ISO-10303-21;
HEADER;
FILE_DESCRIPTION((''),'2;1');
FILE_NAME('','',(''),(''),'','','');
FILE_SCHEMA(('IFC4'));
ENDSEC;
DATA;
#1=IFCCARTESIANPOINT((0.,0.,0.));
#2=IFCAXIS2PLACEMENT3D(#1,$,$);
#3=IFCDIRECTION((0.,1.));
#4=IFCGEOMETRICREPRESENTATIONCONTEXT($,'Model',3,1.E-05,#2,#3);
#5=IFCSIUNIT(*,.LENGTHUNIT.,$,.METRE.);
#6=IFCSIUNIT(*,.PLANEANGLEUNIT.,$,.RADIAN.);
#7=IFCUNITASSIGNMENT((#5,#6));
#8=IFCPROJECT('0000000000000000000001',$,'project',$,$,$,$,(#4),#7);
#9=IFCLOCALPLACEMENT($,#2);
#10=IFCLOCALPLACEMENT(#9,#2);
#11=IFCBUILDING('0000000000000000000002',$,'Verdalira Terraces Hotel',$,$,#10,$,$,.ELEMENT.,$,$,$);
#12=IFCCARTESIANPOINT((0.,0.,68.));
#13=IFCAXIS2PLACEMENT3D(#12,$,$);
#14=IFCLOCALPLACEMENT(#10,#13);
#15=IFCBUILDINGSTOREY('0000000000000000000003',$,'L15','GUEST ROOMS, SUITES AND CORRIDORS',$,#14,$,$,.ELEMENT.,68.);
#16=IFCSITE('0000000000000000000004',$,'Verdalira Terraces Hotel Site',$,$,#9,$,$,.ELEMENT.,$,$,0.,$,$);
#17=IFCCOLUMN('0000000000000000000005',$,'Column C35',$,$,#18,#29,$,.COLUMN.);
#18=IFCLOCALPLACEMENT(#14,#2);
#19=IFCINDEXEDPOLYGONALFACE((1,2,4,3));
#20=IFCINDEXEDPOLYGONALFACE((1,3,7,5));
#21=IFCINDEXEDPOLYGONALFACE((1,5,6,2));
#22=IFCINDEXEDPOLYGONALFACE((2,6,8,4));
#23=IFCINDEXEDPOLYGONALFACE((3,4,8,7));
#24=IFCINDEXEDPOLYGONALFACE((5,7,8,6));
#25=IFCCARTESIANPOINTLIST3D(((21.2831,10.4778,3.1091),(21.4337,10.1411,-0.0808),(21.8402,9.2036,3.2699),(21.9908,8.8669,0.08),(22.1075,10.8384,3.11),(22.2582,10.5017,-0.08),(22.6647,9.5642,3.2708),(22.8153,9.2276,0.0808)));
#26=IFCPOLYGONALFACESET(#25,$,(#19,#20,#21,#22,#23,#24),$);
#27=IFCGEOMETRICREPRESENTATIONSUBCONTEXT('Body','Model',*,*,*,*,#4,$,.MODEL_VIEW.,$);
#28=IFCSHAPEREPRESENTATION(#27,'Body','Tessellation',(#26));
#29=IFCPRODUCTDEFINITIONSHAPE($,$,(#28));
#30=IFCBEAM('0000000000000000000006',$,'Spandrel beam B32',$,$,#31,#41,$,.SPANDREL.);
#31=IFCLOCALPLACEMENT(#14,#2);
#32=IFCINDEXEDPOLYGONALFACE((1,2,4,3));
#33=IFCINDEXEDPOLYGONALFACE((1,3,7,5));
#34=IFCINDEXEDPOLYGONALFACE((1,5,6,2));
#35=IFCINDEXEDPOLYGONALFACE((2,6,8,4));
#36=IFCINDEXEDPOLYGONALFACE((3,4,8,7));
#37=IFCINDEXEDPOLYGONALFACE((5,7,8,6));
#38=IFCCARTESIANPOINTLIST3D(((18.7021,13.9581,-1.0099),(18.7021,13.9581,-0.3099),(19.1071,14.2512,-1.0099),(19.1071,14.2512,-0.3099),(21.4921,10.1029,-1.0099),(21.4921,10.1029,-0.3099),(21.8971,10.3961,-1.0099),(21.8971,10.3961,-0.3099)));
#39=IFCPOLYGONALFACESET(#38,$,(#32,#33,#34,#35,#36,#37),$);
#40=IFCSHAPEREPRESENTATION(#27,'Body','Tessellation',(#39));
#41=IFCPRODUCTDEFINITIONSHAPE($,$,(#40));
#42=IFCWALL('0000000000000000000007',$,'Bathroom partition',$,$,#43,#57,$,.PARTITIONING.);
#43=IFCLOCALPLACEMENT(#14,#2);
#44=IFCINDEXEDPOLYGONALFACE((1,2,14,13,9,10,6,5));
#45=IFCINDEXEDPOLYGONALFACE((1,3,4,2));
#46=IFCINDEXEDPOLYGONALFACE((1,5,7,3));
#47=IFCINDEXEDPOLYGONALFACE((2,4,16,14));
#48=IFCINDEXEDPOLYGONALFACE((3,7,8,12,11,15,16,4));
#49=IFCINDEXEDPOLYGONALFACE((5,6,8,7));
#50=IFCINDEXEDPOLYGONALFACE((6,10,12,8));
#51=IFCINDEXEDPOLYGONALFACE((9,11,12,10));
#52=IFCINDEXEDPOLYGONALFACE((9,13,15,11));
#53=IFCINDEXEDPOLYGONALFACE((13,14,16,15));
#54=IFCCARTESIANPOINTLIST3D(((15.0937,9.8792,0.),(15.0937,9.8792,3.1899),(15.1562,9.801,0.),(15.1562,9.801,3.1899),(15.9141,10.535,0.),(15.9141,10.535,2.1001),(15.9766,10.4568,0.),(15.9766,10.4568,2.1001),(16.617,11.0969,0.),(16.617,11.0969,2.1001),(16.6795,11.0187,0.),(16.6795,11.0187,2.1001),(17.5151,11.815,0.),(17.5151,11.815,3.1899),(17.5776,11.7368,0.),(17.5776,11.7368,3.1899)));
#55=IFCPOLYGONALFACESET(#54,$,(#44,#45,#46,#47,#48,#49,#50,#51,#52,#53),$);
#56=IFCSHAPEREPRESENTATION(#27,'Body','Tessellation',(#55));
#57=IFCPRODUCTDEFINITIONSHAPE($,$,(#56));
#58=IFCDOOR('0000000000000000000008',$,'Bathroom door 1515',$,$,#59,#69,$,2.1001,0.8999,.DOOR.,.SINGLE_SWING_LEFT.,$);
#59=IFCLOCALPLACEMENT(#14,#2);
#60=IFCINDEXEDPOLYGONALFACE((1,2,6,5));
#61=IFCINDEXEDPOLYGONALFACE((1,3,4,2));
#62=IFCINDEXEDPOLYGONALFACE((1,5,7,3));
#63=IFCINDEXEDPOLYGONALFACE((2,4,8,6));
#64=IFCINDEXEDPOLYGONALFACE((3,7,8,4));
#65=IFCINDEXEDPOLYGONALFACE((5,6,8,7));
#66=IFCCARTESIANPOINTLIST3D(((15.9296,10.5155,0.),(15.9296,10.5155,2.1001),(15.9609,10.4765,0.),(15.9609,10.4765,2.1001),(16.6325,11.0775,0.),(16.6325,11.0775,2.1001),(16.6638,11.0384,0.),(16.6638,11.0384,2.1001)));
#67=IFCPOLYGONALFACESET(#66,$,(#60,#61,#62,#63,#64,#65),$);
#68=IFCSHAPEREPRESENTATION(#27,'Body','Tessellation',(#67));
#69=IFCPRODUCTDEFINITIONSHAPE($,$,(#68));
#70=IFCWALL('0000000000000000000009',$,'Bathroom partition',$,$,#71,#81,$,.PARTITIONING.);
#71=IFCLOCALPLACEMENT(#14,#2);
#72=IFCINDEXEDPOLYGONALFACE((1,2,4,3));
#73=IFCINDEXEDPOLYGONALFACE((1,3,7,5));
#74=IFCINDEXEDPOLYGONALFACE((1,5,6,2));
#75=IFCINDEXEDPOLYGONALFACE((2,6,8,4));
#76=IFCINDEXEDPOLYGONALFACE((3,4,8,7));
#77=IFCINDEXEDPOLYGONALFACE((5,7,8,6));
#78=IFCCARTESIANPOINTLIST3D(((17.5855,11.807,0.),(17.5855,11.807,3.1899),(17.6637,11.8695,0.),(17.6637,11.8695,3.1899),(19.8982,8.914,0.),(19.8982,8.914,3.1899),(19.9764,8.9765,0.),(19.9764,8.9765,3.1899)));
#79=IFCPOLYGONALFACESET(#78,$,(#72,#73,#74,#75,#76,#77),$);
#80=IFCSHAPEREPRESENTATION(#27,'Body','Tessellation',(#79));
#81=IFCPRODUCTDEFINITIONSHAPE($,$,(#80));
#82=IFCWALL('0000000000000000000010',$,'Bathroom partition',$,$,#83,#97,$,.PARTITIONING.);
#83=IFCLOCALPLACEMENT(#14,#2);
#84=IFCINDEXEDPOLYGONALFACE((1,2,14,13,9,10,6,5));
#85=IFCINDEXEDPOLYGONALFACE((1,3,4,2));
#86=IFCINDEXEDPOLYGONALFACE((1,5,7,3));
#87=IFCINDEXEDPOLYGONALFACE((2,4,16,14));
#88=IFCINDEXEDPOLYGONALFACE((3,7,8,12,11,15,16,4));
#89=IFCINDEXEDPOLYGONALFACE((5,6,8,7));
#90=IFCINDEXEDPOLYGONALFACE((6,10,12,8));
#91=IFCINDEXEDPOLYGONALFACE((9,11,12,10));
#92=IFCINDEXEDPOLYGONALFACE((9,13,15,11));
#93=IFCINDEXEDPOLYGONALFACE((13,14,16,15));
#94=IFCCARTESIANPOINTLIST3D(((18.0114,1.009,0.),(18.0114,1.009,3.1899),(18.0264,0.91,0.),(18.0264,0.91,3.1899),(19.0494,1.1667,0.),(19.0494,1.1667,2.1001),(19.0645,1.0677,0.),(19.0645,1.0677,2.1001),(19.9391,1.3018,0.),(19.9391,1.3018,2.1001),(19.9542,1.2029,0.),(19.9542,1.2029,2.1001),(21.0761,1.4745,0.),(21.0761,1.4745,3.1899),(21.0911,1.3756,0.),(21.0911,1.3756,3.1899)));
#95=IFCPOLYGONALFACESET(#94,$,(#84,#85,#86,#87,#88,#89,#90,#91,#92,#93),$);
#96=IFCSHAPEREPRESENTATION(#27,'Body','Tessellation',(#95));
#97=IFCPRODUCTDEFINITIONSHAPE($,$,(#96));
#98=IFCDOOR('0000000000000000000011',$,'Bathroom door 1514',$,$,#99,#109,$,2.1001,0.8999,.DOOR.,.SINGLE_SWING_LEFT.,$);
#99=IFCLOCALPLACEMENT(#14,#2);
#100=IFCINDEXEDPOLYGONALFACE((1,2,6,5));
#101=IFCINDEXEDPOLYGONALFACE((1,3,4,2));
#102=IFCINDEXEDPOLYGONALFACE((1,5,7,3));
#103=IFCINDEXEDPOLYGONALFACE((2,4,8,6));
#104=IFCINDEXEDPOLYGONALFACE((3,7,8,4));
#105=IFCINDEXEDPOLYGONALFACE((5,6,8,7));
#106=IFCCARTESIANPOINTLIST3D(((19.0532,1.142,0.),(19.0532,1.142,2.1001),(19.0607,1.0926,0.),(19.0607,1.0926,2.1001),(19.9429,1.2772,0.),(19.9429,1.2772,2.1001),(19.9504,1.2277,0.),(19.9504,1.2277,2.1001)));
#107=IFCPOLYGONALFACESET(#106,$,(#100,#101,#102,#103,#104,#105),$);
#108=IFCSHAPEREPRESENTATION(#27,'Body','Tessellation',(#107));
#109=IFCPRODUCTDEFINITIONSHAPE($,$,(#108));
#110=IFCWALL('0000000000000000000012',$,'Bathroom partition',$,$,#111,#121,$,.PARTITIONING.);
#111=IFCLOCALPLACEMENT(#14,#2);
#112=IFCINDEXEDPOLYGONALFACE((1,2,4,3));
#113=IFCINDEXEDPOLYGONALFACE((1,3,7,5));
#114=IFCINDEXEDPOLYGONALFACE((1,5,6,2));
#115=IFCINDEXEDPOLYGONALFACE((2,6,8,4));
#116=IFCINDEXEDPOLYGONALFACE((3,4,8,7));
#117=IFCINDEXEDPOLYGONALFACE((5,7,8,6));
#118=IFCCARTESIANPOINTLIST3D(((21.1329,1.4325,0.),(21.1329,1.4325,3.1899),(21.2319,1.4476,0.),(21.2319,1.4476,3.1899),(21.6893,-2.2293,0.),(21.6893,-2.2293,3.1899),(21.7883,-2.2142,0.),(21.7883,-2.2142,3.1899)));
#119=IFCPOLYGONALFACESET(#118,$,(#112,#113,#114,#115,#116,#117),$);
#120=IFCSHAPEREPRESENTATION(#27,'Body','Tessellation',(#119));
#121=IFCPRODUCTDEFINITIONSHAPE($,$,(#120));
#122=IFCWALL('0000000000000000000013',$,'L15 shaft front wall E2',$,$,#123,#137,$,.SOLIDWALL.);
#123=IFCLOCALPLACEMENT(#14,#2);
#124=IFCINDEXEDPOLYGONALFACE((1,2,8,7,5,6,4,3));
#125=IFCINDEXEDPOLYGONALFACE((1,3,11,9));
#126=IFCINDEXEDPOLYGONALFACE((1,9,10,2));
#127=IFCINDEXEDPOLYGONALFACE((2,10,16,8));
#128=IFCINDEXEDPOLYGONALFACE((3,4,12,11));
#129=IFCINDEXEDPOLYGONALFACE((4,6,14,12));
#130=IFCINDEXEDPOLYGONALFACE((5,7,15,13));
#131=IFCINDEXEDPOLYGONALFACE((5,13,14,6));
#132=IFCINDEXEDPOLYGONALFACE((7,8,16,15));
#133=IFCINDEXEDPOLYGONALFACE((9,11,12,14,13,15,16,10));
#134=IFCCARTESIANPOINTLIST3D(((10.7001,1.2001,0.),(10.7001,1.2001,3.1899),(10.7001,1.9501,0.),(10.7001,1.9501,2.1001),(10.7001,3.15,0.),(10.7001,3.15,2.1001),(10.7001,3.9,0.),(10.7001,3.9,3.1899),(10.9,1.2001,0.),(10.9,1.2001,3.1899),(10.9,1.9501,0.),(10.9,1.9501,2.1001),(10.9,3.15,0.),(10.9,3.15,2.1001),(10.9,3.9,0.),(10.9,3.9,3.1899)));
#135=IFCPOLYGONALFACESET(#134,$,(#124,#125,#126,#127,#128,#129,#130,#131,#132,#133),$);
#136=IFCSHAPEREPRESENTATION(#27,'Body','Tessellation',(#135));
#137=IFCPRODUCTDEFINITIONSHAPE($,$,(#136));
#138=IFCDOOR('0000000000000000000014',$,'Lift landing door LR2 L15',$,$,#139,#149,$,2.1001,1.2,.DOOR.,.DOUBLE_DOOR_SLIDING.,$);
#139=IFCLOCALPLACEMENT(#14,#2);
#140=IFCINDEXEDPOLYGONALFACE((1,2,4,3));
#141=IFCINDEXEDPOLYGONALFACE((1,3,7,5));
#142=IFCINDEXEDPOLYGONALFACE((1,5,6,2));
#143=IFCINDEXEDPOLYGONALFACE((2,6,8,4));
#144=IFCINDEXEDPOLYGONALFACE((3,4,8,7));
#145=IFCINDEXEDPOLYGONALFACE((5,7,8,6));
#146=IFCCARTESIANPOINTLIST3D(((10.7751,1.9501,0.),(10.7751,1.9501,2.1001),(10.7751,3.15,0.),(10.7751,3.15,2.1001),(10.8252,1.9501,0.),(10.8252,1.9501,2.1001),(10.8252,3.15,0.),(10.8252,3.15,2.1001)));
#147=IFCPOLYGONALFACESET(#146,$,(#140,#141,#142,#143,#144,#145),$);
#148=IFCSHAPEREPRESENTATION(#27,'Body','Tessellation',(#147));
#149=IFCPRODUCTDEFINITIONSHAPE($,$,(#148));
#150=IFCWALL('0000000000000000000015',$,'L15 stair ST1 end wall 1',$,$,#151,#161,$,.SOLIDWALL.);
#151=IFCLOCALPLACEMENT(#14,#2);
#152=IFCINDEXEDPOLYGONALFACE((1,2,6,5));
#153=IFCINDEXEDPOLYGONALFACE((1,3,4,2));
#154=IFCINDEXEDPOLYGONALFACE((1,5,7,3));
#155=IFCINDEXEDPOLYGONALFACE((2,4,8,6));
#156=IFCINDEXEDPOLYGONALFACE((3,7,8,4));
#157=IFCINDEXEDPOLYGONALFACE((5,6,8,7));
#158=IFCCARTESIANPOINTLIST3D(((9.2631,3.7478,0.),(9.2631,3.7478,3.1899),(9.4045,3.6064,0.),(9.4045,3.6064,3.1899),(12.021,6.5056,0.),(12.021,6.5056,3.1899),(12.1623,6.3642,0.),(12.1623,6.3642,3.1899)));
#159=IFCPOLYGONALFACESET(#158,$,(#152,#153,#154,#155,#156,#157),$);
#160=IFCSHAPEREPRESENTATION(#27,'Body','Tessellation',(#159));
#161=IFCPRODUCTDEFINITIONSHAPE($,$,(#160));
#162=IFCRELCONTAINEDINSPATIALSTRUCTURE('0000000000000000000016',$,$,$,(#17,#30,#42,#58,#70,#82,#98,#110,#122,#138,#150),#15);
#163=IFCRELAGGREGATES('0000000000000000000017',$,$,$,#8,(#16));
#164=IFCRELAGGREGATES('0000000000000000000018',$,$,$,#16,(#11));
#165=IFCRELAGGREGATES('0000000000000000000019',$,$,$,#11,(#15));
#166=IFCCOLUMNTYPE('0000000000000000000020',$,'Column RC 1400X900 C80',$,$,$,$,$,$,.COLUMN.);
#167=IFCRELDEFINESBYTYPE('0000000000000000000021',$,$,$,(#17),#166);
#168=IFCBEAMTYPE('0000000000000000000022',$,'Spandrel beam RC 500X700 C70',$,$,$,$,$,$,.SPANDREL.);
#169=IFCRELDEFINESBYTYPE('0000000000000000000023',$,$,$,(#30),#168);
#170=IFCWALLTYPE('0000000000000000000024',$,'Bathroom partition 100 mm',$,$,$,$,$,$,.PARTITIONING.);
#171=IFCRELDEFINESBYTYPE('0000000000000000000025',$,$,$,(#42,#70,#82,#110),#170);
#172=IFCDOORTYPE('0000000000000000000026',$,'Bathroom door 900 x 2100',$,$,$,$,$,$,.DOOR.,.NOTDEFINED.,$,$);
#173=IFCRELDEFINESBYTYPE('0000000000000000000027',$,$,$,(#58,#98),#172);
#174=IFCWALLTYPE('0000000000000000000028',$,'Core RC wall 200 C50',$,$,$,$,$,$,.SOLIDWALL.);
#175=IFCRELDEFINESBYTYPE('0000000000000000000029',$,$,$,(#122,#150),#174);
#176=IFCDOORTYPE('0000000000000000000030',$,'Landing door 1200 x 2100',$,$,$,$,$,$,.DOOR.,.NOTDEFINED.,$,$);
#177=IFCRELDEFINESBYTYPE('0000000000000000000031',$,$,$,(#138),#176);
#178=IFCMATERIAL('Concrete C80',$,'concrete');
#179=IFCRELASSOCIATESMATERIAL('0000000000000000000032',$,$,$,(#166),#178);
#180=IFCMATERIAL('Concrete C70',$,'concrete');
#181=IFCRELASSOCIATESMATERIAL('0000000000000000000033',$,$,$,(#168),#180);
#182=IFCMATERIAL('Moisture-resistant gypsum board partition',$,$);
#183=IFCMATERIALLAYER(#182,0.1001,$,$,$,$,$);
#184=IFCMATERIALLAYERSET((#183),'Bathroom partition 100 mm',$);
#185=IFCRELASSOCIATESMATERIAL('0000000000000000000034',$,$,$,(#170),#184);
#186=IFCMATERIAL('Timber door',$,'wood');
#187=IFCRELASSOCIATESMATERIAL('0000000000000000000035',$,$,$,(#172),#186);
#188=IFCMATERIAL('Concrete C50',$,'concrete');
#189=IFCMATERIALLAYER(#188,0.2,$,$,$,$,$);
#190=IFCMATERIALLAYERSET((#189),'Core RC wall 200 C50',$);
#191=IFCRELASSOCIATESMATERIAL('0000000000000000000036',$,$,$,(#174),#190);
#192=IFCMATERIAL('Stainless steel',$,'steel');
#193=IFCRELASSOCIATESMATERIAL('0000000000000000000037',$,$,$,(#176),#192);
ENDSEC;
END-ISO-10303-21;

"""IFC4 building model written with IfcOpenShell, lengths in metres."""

from ifc_helpers import new_model, si_unit, direction, frame, frame_2d, origin, origin_2d, place, context, subcontext, project, spatial, rectangle, extrude, material, layer, layer_set, material_profile, profile_set, type_object, element, fill, save


model = new_model("IFC4")

# Units and contexts
model_context = context("Model", 3, precision=1e-05, world=origin(), true_north=direction((0.0, 1.0)))
body_context = subcontext(model_context, "Body", "Model", "MODEL_VIEW")
ifc_project = project(units=[si_unit("LENGTHUNIT", "METRE"), si_unit("PLANEANGLEUNIT", "RADIAN")], contexts=[model_context])

# Site, building, storey
site_placement = place(None, origin())
site = spatial("IfcSite", under=ifc_project, at=site_placement, Name="Verdalira Terraces Hotel Site", CompositionType="ELEMENT", RefElevation=0.0)
building_placement = place(site_placement, origin())
building = spatial("IfcBuilding", under=site, at=building_placement, Name="Verdalira Terraces Hotel", CompositionType="ELEMENT")
storey_placement = place(building_placement, frame((0.0, 0.0, 68.0)))
storey = spatial("IfcBuildingStorey", under=building, at=storey_placement, Name="L15", Description="GUEST ROOMS, SUITES AND CORRIDORS", CompositionType="ELEMENT", Elevation=68.0)

# Column
ifc_material_1 = material(Name="Concrete C80", Category="concrete")
ifc_material_profile_1 = material_profile(ifc_material_1, rectangle(XDim=1.3999, YDim=0.8999, at=origin_2d()), Name="RC 1400X900")
ifc_profile_set_1 = profile_set([ifc_material_profile_1], Name="Concrete C80")
column_type = type_object("IfcColumnType", Name="Column RC 1400X900 C80", PredefinedType="COLUMN", material=ifc_profile_set_1)
column_placement = place(storey_placement, frame((22.1245, 9.6843, 0.0), z_axis=(-0.046909, 0.104843, 0.993382), x_axis=(0.397994, -0.91017, 0.114854)))
element("IfcColumn", 1, at=column_placement, inside=storey, type_object=column_type, Name="Column C35", PredefinedType="COLUMN", context=body_context, shape_type="SweptSolid", body=[
    extrude(rectangle(XDim=1.3999, YDim=0.8999, at=origin_2d()), origin(), (0.0, 0.0, 1.0), 3.2112),
])

# Beam
ifc_material_2 = material(Name="Concrete C70", Category="concrete")
ifc_material_profile_2 = material_profile(ifc_material_2, rectangle(XDim=0.5, YDim=0.7, at=origin_2d()), Name="RC 500X700")
ifc_profile_set_2 = profile_set([ifc_material_profile_2], Name="Concrete C70")
beam_type = type_object("IfcBeamType", Name="Spandrel beam RC 500X700 C70", PredefinedType="SPANDREL", material=ifc_profile_set_2)
beam_placement = place(storey_placement, frame((21.6946, 10.2495, -0.6599), z_axis=(-0.586279, 0.810109, 0.0), x_axis=(-0.810109, -0.586279, 0.0)))
element("IfcBeam", 2, at=beam_placement, inside=storey, type_object=beam_type, Name="Spandrel beam B32", PredefinedType="SPANDREL", context=body_context, shape_type="SweptSolid", body=[
    extrude(rectangle(XDim=0.5, YDim=0.7, at=origin_2d()), origin(), (0.0, 0.0, 1.0), 4.7588),
])

# Wall, opening, door
ifc_material_3 = material(Name="Moisture-resistant gypsum board partition")
ifc_layer_1 = layer(ifc_material_3, 0.1001)
ifc_layer_set_1 = layer_set([ifc_layer_1], Name="Bathroom partition 100 mm")
wall_type_1 = type_object("IfcWallType", Name="Bathroom partition 100 mm", PredefinedType="PARTITIONING", material=ifc_layer_set_1)
wall_1_placement = place(storey_placement, frame((17.5464, 11.7759, 0.0), z_axis=(0.0, 0.0, 1.0), x_axis=(-0.781076, -0.624436, 0.0)))
wall_1 = element("IfcWall", 3, at=wall_1_placement, inside=storey, type_object=wall_type_1, Name="Bathroom partition", PredefinedType="PARTITIONING", context=body_context, shape_type="SweptSolid", body=[
    extrude(rectangle(XDim=3.1001, YDim=0.1001, at=frame_2d((1.55, 0.0))), origin(), (0.0, 0.0, 1.0), 3.1899),
])
opening_1_placement = place(wall_1_placement, frame((1.1499, 0.0, 0.0)))
opening_1 = element("IfcOpeningElement", 4, at=opening_1_placement, cuts=wall_1, PredefinedType="OPENING", context=body_context, shape_type="SweptSolid", body=[
    extrude(rectangle(XDim=0.8999, YDim=2.1001, at=frame_2d((0.45, 1.05))), frame((0.0, 0.0601, 0.0), z_axis=(0.0, -1.0, 0.0), x_axis=(1.0, 0.0, 0.0)), (0.0, 0.0, 1.0), 0.1201),
])
ifc_material_4 = material(Name="Timber door", Category="wood")
door_type_1 = type_object("IfcDoorType", Name="Bathroom door 900 x 2100", OperationType="NOTDEFINED", PredefinedType="DOOR", material=ifc_material_4)
door_1_placement = place(opening_1_placement, origin())
door_1 = element("IfcDoor", 5, at=door_1_placement, inside=storey, type_object=door_type_1, Name="Bathroom door 1515", OperationType="SINGLE_SWING_LEFT", OverallHeight=2.1001, OverallWidth=0.8999, PredefinedType="DOOR", context=body_context, shape_type="SweptSolid", body=[
    extrude(rectangle(XDim=0.8999, YDim=2.1001, at=frame_2d((0.45, 1.05))), frame((0.0, 0.0249, 0.0), z_axis=(0.0, -1.0, 0.0), x_axis=(1.0, 0.0, 0.0)), (0.0, 0.0, 1.0), 0.05),
])
fill(opening_1, door_1)

# Wall
wall_2_placement = place(storey_placement, frame((17.6245, 11.8384, 0.0), z_axis=(0.0, 0.0, 1.0), x_axis=(0.624414, -0.781094, 0.0)))
element("IfcWall", 6, at=wall_2_placement, inside=storey, type_object=wall_type_1, Name="Bathroom partition", PredefinedType="PARTITIONING", context=body_context, shape_type="SweptSolid", body=[
    extrude(rectangle(XDim=3.7039, YDim=0.1001, at=frame_2d((1.8521, 0.0))), origin(), (0.0, 0.0, 1.0), 3.1899),
])

# Wall, opening, door
wall_3_placement = place(storey_placement, frame((21.0835, 1.425, 0.0), z_axis=(0.0, 0.0, 1.0), x_axis=(-0.988657, -0.150193, 0.0)))
wall_3 = element("IfcWall", 7, at=wall_3_placement, inside=storey, type_object=wall_type_1, Name="Bathroom partition", PredefinedType="PARTITIONING", context=body_context, shape_type="SweptSolid", body=[
    extrude(rectangle(XDim=3.0999, YDim=0.1001, at=frame_2d((1.5498, 0.0))), origin(), (0.0, 0.0, 1.0), 3.1899),
])
opening_2_placement = place(wall_3_placement, frame((1.1499, 0.0, 0.0)))
opening_2 = element("IfcOpeningElement", 8, at=opening_2_placement, cuts=wall_3, PredefinedType="OPENING", context=body_context, shape_type="SweptSolid", body=[
    extrude(rectangle(XDim=0.8999, YDim=2.1001, at=frame_2d((0.45, 1.05))), frame((0.0, 0.0601, 0.0), z_axis=(0.0, -1.0, 0.0), x_axis=(1.0, 0.0, 0.0)), (0.0, 0.0, 1.0), 0.1201),
])
door_2_placement = place(opening_2_placement, origin())
door_2 = element("IfcDoor", 9, at=door_2_placement, inside=storey, type_object=door_type_1, Name="Bathroom door 1514", OperationType="SINGLE_SWING_LEFT", OverallHeight=2.1001, OverallWidth=0.8999, PredefinedType="DOOR", context=body_context, shape_type="SweptSolid", body=[
    extrude(rectangle(XDim=0.8999, YDim=2.1001, at=frame_2d((0.45, 1.05))), frame((0.0, 0.0249, 0.0), z_axis=(0.0, -1.0, 0.0), x_axis=(1.0, 0.0, 0.0)), (0.0, 0.0, 1.0), 0.05),
])
fill(opening_2, door_2)

# Wall
wall_4_placement = place(storey_placement, frame((21.1824, 1.4402, 0.0), z_axis=(0.0, 0.0, 1.0), x_axis=(0.150219, -0.988653, 0.0)))
element("IfcWall", 10, at=wall_4_placement, inside=storey, type_object=wall_type_1, Name="Bathroom partition", PredefinedType="PARTITIONING", context=body_context, shape_type="SweptSolid", body=[
    extrude(rectangle(XDim=3.7039, YDim=0.1001, at=frame_2d((1.8521, 0.0))), origin(), (0.0, 0.0, 1.0), 3.1899),
])

# Wall, opening, door
ifc_material_5 = material(Name="Concrete C50", Category="concrete")
ifc_layer_2 = layer(ifc_material_5, 0.2)
ifc_layer_set_2 = layer_set([ifc_layer_2], Name="Core RC wall 200 C50")
wall_type_2 = type_object("IfcWallType", Name="Core RC wall 200 C50", PredefinedType="SOLIDWALL", material=ifc_layer_set_2)
wall_5_placement = place(storey_placement, frame((10.8, 1.2, 0.0), z_axis=(0.0, 0.0, 1.0), x_axis=(0.0, 1.0, 0.0)))
wall_5 = element("IfcWall", 11, at=wall_5_placement, inside=storey, type_object=wall_type_2, Name="L15 shaft front wall E2", PredefinedType="SOLIDWALL", context=body_context, shape_type="SweptSolid", body=[
    extrude(rectangle(XDim=2.7, YDim=0.2, at=frame_2d((1.3501, 0.0))), origin(), (0.0, 0.0, 1.0), 3.1899),
])
opening_3_placement = place(wall_5_placement, frame((0.75, 0.0, 0.0)))
opening_3 = element("IfcOpeningElement", 12, at=opening_3_placement, cuts=wall_5, PredefinedType="OPENING", context=body_context, shape_type="SweptSolid", body=[
    extrude(rectangle(XDim=1.2, YDim=2.1001, at=frame_2d((0.6001, 1.05))), frame((0.0, 0.1099, 0.0), z_axis=(0.0, -1.0, 0.0), x_axis=(1.0, 0.0, 0.0)), (0.0, 0.0, 1.0), 0.22),
])
ifc_material_6 = material(Name="Stainless steel", Category="steel")
door_type_2 = type_object("IfcDoorType", Name="Landing door 1200 x 2100", OperationType="NOTDEFINED", PredefinedType="DOOR", material=ifc_material_6)
door_3_placement = place(opening_3_placement, origin())
door_3 = element("IfcDoor", 13, at=door_3_placement, inside=storey, type_object=door_type_2, Name="Lift landing door LR2 L15", OperationType="DOUBLE_DOOR_SLIDING", OverallHeight=2.1001, OverallWidth=1.2, PredefinedType="DOOR", context=body_context, shape_type="SweptSolid", body=[
    extrude(rectangle(XDim=1.2, YDim=2.1001, at=frame_2d((0.6001, 1.05))), frame((0.0, 0.0249, 0.0), z_axis=(0.0, -1.0, 0.0), x_axis=(1.0, 0.0, 0.0)), (0.0, 0.0, 1.0), 0.05),
])
fill(opening_3, door_3)

# Wall
wall_6_placement = place(storey_placement, frame((9.3337, 3.677, 0.0), z_axis=(0.0, 0.0, 1.0), x_axis=(0.707107, 0.707107, 0.0)))
element("IfcWall", 14, at=wall_6_placement, inside=storey, type_object=wall_type_2, Name="L15 stair ST1 end wall 1", PredefinedType="SOLIDWALL", context=body_context, shape_type="SweptSolid", body=[
    extrude(rectangle(XDim=3.9001, YDim=0.2, at=frame_2d((1.9502, 0.0))), origin(), (0.0, 0.0, 1.0), 3.1899),
])

save(model, "model.ifc")
